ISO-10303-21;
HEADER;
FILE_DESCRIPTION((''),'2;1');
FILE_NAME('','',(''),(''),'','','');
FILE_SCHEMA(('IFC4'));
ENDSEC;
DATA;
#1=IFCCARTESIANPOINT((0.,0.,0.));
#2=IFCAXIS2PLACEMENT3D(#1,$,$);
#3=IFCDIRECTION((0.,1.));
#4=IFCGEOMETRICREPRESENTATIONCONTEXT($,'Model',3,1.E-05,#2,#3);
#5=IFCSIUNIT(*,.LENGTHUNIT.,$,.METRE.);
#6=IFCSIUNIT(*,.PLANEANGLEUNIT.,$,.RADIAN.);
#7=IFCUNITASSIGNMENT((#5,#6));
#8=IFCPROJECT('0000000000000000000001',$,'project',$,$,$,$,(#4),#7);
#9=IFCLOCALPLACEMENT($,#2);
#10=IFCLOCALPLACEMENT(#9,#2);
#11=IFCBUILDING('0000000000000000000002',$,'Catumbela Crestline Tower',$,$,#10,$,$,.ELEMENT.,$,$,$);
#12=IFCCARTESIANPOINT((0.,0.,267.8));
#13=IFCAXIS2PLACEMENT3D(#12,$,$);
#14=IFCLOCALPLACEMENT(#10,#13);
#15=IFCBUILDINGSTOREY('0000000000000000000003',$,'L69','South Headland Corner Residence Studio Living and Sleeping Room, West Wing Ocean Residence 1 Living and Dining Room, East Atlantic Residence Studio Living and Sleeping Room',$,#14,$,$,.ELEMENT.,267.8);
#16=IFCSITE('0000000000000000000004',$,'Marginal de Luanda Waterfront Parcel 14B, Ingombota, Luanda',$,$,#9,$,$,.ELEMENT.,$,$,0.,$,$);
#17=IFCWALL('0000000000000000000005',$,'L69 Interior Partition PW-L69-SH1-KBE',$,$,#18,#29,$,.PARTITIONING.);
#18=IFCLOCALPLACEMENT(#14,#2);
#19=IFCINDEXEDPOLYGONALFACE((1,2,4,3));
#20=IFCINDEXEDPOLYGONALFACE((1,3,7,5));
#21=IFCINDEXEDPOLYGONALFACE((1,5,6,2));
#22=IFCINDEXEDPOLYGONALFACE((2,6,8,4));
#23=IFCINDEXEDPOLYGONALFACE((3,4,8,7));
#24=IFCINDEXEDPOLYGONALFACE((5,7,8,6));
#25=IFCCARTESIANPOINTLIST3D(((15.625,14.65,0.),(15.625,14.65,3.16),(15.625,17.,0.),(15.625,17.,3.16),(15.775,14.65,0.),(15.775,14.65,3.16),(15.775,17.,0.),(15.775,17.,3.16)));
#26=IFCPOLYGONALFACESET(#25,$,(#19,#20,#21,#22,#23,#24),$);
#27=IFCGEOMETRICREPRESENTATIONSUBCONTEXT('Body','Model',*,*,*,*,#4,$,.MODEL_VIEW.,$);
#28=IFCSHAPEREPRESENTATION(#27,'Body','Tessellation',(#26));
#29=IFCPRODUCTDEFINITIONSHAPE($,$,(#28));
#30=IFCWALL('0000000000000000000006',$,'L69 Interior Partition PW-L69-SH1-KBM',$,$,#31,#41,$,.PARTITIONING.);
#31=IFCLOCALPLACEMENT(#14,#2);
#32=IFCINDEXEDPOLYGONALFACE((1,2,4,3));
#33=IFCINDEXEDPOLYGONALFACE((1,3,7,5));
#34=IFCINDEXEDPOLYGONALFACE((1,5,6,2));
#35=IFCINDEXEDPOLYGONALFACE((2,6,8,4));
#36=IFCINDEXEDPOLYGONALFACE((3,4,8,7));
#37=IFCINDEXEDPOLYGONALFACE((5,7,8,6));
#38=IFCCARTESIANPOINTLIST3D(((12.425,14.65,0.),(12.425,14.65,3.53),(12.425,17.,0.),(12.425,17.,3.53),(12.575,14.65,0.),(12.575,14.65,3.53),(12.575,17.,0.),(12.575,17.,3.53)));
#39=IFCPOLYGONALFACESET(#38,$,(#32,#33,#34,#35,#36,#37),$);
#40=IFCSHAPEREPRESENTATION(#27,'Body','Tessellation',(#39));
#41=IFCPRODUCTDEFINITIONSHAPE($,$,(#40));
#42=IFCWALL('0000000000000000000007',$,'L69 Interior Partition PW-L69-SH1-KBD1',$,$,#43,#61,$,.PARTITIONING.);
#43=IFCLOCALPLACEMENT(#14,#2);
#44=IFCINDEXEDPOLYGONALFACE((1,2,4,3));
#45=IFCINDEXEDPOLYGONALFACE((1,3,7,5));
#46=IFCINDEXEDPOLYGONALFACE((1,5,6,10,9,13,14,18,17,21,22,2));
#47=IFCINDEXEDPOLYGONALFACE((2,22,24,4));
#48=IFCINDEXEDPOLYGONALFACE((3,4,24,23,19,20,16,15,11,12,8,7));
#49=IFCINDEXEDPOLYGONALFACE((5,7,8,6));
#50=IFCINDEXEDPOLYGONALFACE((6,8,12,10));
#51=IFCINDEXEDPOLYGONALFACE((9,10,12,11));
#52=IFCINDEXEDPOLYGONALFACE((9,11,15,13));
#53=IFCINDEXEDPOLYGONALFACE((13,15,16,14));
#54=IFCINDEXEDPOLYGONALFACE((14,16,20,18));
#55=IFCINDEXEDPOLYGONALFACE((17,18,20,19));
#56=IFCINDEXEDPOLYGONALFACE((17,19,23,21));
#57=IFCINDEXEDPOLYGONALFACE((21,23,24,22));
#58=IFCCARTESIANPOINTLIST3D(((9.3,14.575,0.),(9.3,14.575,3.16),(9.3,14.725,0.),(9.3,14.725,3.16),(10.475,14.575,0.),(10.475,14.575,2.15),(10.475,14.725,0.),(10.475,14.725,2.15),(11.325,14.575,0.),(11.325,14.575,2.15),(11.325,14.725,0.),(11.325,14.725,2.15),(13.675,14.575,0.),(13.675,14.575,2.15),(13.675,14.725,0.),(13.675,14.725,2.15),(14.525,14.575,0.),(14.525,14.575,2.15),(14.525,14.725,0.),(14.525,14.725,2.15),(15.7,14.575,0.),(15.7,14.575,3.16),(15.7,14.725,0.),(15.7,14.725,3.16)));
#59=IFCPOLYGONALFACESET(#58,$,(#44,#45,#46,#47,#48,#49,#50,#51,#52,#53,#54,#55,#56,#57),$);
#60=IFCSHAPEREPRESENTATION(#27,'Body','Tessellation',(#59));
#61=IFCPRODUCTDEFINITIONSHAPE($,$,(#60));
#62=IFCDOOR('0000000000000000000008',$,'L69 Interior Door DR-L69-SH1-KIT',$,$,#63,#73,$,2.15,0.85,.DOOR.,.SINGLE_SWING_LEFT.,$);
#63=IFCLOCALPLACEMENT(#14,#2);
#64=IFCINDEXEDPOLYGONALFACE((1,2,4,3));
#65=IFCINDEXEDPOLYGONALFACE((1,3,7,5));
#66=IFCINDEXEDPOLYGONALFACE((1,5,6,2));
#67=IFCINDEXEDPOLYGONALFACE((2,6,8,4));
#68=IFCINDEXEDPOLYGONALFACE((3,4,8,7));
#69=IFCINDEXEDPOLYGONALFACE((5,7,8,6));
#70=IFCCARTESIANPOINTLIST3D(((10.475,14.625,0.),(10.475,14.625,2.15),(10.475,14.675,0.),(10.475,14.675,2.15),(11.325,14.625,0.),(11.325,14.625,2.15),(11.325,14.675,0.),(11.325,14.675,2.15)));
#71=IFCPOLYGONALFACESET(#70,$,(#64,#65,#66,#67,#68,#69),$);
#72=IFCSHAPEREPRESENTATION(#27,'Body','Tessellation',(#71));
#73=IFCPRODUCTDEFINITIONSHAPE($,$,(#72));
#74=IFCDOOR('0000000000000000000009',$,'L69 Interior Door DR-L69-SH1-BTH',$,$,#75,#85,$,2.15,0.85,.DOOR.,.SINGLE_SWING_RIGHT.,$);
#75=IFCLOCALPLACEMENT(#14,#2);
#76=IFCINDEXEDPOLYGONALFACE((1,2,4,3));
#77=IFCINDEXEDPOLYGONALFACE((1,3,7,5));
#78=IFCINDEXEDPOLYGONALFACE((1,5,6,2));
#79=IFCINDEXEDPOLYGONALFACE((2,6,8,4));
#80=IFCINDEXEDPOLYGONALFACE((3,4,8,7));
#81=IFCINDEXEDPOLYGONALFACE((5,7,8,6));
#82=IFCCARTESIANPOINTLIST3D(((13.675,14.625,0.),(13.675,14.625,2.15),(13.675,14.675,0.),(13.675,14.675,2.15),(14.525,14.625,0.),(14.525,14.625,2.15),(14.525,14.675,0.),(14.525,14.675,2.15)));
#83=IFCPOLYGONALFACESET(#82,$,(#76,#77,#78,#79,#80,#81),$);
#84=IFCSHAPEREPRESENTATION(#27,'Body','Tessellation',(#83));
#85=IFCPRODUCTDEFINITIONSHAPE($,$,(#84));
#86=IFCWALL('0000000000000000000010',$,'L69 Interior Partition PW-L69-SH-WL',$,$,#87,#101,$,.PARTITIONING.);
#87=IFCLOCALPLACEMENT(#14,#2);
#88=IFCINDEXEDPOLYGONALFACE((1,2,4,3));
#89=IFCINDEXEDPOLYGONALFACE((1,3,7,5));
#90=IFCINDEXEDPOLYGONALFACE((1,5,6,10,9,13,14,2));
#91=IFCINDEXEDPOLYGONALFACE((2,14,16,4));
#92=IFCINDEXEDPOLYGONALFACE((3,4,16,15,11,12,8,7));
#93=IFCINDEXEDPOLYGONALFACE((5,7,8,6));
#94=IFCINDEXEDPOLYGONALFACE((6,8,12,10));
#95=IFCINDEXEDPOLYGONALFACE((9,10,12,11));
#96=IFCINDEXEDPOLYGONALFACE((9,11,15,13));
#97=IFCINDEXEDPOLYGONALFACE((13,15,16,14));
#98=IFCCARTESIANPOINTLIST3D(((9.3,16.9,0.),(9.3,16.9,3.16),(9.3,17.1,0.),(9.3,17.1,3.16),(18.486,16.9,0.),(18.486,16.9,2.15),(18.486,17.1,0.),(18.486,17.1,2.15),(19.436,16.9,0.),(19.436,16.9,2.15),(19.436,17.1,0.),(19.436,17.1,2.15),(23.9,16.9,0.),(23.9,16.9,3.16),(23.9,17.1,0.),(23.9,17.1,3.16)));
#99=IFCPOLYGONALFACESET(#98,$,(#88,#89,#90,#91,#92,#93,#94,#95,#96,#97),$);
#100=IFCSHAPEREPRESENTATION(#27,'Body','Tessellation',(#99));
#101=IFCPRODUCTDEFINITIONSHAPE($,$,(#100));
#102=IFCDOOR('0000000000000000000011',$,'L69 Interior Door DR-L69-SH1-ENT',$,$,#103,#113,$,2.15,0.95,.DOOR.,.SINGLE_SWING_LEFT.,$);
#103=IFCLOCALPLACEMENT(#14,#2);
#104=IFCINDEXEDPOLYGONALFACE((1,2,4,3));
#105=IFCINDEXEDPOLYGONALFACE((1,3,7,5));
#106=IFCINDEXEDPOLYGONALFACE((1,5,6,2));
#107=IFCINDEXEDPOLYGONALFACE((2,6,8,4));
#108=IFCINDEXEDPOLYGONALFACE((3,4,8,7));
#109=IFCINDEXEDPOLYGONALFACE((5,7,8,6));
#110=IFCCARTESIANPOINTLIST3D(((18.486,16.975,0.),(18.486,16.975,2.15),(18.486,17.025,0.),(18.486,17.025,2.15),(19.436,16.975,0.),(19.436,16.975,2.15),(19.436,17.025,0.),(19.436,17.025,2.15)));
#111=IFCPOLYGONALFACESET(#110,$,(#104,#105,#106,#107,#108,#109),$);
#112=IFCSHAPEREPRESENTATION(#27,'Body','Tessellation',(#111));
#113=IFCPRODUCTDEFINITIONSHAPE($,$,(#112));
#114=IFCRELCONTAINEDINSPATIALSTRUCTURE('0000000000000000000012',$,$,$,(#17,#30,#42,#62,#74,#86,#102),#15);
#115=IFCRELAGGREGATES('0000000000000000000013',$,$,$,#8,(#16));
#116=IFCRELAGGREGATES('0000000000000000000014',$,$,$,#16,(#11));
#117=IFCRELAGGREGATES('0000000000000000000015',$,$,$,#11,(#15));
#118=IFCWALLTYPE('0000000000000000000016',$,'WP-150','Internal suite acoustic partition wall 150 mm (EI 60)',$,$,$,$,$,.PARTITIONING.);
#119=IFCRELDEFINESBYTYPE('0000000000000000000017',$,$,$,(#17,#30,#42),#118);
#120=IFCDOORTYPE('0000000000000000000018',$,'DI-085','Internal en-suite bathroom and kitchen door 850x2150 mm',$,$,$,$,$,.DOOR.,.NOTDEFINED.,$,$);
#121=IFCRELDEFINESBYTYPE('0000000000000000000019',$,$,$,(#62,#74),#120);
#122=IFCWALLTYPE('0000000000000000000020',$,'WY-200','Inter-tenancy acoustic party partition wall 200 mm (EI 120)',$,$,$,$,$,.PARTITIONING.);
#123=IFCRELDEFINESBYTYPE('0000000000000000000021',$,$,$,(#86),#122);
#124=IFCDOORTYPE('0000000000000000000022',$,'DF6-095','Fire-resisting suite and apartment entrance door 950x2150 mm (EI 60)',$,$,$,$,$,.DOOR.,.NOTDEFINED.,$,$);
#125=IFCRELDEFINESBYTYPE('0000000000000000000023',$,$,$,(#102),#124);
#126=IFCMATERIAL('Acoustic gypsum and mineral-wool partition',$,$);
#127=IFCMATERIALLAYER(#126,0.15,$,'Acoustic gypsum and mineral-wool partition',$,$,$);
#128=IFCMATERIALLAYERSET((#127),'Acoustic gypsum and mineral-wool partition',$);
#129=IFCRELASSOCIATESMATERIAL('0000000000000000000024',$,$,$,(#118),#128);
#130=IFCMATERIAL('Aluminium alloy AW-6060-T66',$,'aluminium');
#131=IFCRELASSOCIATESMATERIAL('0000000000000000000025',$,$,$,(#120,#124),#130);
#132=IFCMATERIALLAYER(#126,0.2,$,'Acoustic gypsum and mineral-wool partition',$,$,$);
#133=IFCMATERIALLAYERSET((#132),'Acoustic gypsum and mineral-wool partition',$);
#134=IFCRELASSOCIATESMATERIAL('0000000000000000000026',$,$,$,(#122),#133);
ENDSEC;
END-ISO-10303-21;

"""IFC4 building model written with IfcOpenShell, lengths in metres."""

from ifc_helpers import new_model, si_unit, direction, frame, frame_2d, origin, place, context, subcontext, project, spatial, rectangle, extrude, material, layer, layer_set, type_object, element, fill, save


model = new_model("IFC4")

# Units and contexts
model_context = context("Model", 3, precision=1e-05, world=origin(), true_north=direction((0.0, 1.0)))
body_context = subcontext(model_context, "Body", "Model", "MODEL_VIEW")
ifc_project = project(units=[si_unit("LENGTHUNIT", "METRE"), si_unit("PLANEANGLEUNIT", "RADIAN")], contexts=[model_context])

# Site, building, storey
site_placement = place(None, origin())
site = spatial("IfcSite", under=ifc_project, at=site_placement, Name="Marginal de Luanda Waterfront Parcel 14B, Ingombota, Luanda", CompositionType="ELEMENT", RefElevation=0.0)
building_placement = place(site_placement, origin())
building = spatial("IfcBuilding", under=site, at=building_placement, Name="Catumbela Crestline Tower", CompositionType="ELEMENT")
storey_placement = place(building_placement, frame((0.0, 0.0, 267.8)))
storey = spatial("IfcBuildingStorey", under=building, at=storey_placement, Name="L69", Description="South Headland Corner Residence Studio Living and Sleeping Room, West Wing Ocean Residence 1 Living and Dining Room, East Atlantic Residence Studio Living and Sleeping Room", CompositionType="ELEMENT", Elevation=267.8)

# Shared definitions
ifc_material_1 = material(Name="Aluminium alloy AW-6060-T66", Category="aluminium")

# Walls
ifc_material_2 = material(Name="Acoustic gypsum and mineral-wool partition")
ifc_layer_1 = layer(ifc_material_2, 0.15, Name="Acoustic gypsum and mineral-wool partition")
ifc_layer_set_1 = layer_set([ifc_layer_1], Name="Acoustic gypsum and mineral-wool partition")
wall_type_1 = type_object("IfcWallType", Name="WP-150", Description="Internal suite acoustic partition wall 150 mm (EI 60)", PredefinedType="PARTITIONING", material=ifc_layer_set_1)
wall_1_placement = place(storey_placement, frame((15.7, 14.65, 0.0), z_axis=(0.0, 0.0, 1.0), x_axis=(0.0, 1.0, 0.0)))
element("IfcWall", 1, at=wall_1_placement, inside=storey, type_object=wall_type_1, Name="L69 Interior Partition PW-L69-SH1-KBE", PredefinedType="PARTITIONING", context=body_context, shape_type="SweptSolid", body=[
    extrude(rectangle(XDim=2.35, YDim=0.15, at=frame_2d((1.175, 0.0))), origin(), (0.0, 0.0, 1.0), 3.16),
])
wall_2_placement = place(storey_placement, frame((12.5, 14.65, 0.0), z_axis=(0.0, 0.0, 1.0), x_axis=(0.0, 1.0, 0.0)))
element("IfcWall", 2, at=wall_2_placement, inside=storey, type_object=wall_type_1, Name="L69 Interior Partition PW-L69-SH1-KBM", PredefinedType="PARTITIONING", context=body_context, shape_type="SweptSolid", body=[
    extrude(rectangle(XDim=2.35, YDim=0.15, at=frame_2d((1.175, 0.0))), origin(), (0.0, 0.0, 1.0), 3.53),
])

# Wall, openings, doors
wall_3_placement = place(storey_placement, frame((9.3, 14.65, 0.0), z_axis=(0.0, 0.0, 1.0), x_axis=(1.0, 0.0, 0.0)))
wall_3 = element("IfcWall", 3, at=wall_3_placement, inside=storey, type_object=wall_type_1, Name="L69 Interior Partition PW-L69-SH1-KBD1", PredefinedType="PARTITIONING", context=body_context, shape_type="SweptSolid", body=[
    extrude(rectangle(XDim=6.4, YDim=0.15, at=frame_2d((3.2, 0.0))), origin(), (0.0, 0.0, 1.0), 3.16),
])
opening_1_placement = place(wall_3_placement, frame((1.175, 0.0, 0.0)))
opening_1 = element("IfcOpeningElement", 4, at=opening_1_placement, cuts=wall_3, PredefinedType="OPENING", context=body_context, shape_type="SweptSolid", body=[
    extrude(rectangle(XDim=0.85, YDim=2.15, at=frame_2d((0.425, 1.075))), frame((0.0, 0.085, 0.0), z_axis=(0.0, -1.0, 0.0), x_axis=(1.0, 0.0, 0.0)), (0.0, 0.0, 1.0), 0.17),
])
opening_2_placement = place(wall_3_placement, frame((4.375, 0.0, 0.0)))
opening_2 = element("IfcOpeningElement", 5, at=opening_2_placement, cuts=wall_3, PredefinedType="OPENING", context=body_context, shape_type="SweptSolid", body=[
    extrude(rectangle(XDim=0.85, YDim=2.15, at=frame_2d((0.425, 1.075))), frame((0.0, 0.085, 0.0), z_axis=(0.0, -1.0, 0.0), x_axis=(1.0, 0.0, 0.0)), (0.0, 0.0, 1.0), 0.17),
])
door_type_1 = type_object("IfcDoorType", Name="DI-085", Description="Internal en-suite bathroom and kitchen door 850x2150 mm", OperationType="NOTDEFINED", PredefinedType="DOOR", material=ifc_material_1)
door_1_placement = place(opening_1_placement, origin())
door_1 = element("IfcDoor", 6, at=door_1_placement, inside=storey, type_object=door_type_1, Name="L69 Interior Door DR-L69-SH1-KIT", OperationType="SINGLE_SWING_LEFT", OverallHeight=2.15, OverallWidth=0.85, PredefinedType="DOOR", context=body_context, shape_type="SweptSolid", body=[
    extrude(rectangle(XDim=0.85, YDim=2.15, at=frame_2d((0.425, 1.075))), frame((0.0, 0.025, 0.0), z_axis=(0.0, -1.0, 0.0), x_axis=(1.0, 0.0, 0.0)), (0.0, 0.0, 1.0), 0.05),
])
fill(opening_1, door_1)
door_2_placement = place(opening_2_placement, origin())
door_2 = element("IfcDoor", 7, at=door_2_placement, inside=storey, type_object=door_type_1, Name="L69 Interior Door DR-L69-SH1-BTH", OperationType="SINGLE_SWING_RIGHT", OverallHeight=2.15, OverallWidth=0.85, PredefinedType="DOOR", context=body_context, shape_type="SweptSolid", body=[
    extrude(rectangle(XDim=0.85, YDim=2.15, at=frame_2d((0.425, 1.075))), frame((0.0, 0.025, 0.0), z_axis=(0.0, -1.0, 0.0), x_axis=(1.0, 0.0, 0.0)), (0.0, 0.0, 1.0), 0.05),
])
fill(opening_2, door_2)

# Wall, opening, door
ifc_layer_2 = layer(ifc_material_2, 0.2, Name="Acoustic gypsum and mineral-wool partition")
ifc_layer_set_2 = layer_set([ifc_layer_2], Name="Acoustic gypsum and mineral-wool partition")
wall_type_2 = type_object("IfcWallType", Name="WY-200", Description="Inter-tenancy acoustic party partition wall 200 mm (EI 120)", PredefinedType="PARTITIONING", material=ifc_layer_set_2)
wall_4_placement = place(storey_placement, frame((9.3, 17.0, 0.0), z_axis=(0.0, 0.0, 1.0), x_axis=(1.0, 0.0, 0.0)))
wall_4 = element("IfcWall", 8, at=wall_4_placement, inside=storey, type_object=wall_type_2, Name="L69 Interior Partition PW-L69-SH-WL", PredefinedType="PARTITIONING", context=body_context, shape_type="SweptSolid", body=[
    extrude(rectangle(XDim=14.6, YDim=0.2, at=frame_2d((7.3, 0.0))), origin(), (0.0, 0.0, 1.0), 3.16),
])
opening_3_placement = place(wall_4_placement, frame((9.186, 0.0, 0.0)))
opening_3 = element("IfcOpeningElement", 9, at=opening_3_placement, cuts=wall_4, PredefinedType="OPENING", context=body_context, shape_type="SweptSolid", body=[
    extrude(rectangle(XDim=0.95, YDim=2.15, at=frame_2d((0.475, 1.075))), frame((0.0, 0.11, 0.0), z_axis=(0.0, -1.0, 0.0), x_axis=(1.0, 0.0, 0.0)), (0.0, 0.0, 1.0), 0.22),
])
door_type_2 = type_object("IfcDoorType", Name="DF6-095", Description="Fire-resisting suite and apartment entrance door 950x2150 mm (EI 60)", OperationType="NOTDEFINED", PredefinedType="DOOR", material=ifc_material_1)
door_3_placement = place(opening_3_placement, origin())
door_3 = element("IfcDoor", 10, at=door_3_placement, inside=storey, type_object=door_type_2, Name="L69 Interior Door DR-L69-SH1-ENT", OperationType="SINGLE_SWING_LEFT", OverallHeight=2.15, OverallWidth=0.95, PredefinedType="DOOR", context=body_context, shape_type="SweptSolid", body=[
    extrude(rectangle(XDim=0.95, YDim=2.15, at=frame_2d((0.475, 1.075))), frame((0.0, 0.025, 0.0), z_axis=(0.0, -1.0, 0.0), x_axis=(1.0, 0.0, 0.0)), (0.0, 0.0, 1.0), 0.05),
])
fill(opening_3, door_3)

save(model, "model.ifc")
